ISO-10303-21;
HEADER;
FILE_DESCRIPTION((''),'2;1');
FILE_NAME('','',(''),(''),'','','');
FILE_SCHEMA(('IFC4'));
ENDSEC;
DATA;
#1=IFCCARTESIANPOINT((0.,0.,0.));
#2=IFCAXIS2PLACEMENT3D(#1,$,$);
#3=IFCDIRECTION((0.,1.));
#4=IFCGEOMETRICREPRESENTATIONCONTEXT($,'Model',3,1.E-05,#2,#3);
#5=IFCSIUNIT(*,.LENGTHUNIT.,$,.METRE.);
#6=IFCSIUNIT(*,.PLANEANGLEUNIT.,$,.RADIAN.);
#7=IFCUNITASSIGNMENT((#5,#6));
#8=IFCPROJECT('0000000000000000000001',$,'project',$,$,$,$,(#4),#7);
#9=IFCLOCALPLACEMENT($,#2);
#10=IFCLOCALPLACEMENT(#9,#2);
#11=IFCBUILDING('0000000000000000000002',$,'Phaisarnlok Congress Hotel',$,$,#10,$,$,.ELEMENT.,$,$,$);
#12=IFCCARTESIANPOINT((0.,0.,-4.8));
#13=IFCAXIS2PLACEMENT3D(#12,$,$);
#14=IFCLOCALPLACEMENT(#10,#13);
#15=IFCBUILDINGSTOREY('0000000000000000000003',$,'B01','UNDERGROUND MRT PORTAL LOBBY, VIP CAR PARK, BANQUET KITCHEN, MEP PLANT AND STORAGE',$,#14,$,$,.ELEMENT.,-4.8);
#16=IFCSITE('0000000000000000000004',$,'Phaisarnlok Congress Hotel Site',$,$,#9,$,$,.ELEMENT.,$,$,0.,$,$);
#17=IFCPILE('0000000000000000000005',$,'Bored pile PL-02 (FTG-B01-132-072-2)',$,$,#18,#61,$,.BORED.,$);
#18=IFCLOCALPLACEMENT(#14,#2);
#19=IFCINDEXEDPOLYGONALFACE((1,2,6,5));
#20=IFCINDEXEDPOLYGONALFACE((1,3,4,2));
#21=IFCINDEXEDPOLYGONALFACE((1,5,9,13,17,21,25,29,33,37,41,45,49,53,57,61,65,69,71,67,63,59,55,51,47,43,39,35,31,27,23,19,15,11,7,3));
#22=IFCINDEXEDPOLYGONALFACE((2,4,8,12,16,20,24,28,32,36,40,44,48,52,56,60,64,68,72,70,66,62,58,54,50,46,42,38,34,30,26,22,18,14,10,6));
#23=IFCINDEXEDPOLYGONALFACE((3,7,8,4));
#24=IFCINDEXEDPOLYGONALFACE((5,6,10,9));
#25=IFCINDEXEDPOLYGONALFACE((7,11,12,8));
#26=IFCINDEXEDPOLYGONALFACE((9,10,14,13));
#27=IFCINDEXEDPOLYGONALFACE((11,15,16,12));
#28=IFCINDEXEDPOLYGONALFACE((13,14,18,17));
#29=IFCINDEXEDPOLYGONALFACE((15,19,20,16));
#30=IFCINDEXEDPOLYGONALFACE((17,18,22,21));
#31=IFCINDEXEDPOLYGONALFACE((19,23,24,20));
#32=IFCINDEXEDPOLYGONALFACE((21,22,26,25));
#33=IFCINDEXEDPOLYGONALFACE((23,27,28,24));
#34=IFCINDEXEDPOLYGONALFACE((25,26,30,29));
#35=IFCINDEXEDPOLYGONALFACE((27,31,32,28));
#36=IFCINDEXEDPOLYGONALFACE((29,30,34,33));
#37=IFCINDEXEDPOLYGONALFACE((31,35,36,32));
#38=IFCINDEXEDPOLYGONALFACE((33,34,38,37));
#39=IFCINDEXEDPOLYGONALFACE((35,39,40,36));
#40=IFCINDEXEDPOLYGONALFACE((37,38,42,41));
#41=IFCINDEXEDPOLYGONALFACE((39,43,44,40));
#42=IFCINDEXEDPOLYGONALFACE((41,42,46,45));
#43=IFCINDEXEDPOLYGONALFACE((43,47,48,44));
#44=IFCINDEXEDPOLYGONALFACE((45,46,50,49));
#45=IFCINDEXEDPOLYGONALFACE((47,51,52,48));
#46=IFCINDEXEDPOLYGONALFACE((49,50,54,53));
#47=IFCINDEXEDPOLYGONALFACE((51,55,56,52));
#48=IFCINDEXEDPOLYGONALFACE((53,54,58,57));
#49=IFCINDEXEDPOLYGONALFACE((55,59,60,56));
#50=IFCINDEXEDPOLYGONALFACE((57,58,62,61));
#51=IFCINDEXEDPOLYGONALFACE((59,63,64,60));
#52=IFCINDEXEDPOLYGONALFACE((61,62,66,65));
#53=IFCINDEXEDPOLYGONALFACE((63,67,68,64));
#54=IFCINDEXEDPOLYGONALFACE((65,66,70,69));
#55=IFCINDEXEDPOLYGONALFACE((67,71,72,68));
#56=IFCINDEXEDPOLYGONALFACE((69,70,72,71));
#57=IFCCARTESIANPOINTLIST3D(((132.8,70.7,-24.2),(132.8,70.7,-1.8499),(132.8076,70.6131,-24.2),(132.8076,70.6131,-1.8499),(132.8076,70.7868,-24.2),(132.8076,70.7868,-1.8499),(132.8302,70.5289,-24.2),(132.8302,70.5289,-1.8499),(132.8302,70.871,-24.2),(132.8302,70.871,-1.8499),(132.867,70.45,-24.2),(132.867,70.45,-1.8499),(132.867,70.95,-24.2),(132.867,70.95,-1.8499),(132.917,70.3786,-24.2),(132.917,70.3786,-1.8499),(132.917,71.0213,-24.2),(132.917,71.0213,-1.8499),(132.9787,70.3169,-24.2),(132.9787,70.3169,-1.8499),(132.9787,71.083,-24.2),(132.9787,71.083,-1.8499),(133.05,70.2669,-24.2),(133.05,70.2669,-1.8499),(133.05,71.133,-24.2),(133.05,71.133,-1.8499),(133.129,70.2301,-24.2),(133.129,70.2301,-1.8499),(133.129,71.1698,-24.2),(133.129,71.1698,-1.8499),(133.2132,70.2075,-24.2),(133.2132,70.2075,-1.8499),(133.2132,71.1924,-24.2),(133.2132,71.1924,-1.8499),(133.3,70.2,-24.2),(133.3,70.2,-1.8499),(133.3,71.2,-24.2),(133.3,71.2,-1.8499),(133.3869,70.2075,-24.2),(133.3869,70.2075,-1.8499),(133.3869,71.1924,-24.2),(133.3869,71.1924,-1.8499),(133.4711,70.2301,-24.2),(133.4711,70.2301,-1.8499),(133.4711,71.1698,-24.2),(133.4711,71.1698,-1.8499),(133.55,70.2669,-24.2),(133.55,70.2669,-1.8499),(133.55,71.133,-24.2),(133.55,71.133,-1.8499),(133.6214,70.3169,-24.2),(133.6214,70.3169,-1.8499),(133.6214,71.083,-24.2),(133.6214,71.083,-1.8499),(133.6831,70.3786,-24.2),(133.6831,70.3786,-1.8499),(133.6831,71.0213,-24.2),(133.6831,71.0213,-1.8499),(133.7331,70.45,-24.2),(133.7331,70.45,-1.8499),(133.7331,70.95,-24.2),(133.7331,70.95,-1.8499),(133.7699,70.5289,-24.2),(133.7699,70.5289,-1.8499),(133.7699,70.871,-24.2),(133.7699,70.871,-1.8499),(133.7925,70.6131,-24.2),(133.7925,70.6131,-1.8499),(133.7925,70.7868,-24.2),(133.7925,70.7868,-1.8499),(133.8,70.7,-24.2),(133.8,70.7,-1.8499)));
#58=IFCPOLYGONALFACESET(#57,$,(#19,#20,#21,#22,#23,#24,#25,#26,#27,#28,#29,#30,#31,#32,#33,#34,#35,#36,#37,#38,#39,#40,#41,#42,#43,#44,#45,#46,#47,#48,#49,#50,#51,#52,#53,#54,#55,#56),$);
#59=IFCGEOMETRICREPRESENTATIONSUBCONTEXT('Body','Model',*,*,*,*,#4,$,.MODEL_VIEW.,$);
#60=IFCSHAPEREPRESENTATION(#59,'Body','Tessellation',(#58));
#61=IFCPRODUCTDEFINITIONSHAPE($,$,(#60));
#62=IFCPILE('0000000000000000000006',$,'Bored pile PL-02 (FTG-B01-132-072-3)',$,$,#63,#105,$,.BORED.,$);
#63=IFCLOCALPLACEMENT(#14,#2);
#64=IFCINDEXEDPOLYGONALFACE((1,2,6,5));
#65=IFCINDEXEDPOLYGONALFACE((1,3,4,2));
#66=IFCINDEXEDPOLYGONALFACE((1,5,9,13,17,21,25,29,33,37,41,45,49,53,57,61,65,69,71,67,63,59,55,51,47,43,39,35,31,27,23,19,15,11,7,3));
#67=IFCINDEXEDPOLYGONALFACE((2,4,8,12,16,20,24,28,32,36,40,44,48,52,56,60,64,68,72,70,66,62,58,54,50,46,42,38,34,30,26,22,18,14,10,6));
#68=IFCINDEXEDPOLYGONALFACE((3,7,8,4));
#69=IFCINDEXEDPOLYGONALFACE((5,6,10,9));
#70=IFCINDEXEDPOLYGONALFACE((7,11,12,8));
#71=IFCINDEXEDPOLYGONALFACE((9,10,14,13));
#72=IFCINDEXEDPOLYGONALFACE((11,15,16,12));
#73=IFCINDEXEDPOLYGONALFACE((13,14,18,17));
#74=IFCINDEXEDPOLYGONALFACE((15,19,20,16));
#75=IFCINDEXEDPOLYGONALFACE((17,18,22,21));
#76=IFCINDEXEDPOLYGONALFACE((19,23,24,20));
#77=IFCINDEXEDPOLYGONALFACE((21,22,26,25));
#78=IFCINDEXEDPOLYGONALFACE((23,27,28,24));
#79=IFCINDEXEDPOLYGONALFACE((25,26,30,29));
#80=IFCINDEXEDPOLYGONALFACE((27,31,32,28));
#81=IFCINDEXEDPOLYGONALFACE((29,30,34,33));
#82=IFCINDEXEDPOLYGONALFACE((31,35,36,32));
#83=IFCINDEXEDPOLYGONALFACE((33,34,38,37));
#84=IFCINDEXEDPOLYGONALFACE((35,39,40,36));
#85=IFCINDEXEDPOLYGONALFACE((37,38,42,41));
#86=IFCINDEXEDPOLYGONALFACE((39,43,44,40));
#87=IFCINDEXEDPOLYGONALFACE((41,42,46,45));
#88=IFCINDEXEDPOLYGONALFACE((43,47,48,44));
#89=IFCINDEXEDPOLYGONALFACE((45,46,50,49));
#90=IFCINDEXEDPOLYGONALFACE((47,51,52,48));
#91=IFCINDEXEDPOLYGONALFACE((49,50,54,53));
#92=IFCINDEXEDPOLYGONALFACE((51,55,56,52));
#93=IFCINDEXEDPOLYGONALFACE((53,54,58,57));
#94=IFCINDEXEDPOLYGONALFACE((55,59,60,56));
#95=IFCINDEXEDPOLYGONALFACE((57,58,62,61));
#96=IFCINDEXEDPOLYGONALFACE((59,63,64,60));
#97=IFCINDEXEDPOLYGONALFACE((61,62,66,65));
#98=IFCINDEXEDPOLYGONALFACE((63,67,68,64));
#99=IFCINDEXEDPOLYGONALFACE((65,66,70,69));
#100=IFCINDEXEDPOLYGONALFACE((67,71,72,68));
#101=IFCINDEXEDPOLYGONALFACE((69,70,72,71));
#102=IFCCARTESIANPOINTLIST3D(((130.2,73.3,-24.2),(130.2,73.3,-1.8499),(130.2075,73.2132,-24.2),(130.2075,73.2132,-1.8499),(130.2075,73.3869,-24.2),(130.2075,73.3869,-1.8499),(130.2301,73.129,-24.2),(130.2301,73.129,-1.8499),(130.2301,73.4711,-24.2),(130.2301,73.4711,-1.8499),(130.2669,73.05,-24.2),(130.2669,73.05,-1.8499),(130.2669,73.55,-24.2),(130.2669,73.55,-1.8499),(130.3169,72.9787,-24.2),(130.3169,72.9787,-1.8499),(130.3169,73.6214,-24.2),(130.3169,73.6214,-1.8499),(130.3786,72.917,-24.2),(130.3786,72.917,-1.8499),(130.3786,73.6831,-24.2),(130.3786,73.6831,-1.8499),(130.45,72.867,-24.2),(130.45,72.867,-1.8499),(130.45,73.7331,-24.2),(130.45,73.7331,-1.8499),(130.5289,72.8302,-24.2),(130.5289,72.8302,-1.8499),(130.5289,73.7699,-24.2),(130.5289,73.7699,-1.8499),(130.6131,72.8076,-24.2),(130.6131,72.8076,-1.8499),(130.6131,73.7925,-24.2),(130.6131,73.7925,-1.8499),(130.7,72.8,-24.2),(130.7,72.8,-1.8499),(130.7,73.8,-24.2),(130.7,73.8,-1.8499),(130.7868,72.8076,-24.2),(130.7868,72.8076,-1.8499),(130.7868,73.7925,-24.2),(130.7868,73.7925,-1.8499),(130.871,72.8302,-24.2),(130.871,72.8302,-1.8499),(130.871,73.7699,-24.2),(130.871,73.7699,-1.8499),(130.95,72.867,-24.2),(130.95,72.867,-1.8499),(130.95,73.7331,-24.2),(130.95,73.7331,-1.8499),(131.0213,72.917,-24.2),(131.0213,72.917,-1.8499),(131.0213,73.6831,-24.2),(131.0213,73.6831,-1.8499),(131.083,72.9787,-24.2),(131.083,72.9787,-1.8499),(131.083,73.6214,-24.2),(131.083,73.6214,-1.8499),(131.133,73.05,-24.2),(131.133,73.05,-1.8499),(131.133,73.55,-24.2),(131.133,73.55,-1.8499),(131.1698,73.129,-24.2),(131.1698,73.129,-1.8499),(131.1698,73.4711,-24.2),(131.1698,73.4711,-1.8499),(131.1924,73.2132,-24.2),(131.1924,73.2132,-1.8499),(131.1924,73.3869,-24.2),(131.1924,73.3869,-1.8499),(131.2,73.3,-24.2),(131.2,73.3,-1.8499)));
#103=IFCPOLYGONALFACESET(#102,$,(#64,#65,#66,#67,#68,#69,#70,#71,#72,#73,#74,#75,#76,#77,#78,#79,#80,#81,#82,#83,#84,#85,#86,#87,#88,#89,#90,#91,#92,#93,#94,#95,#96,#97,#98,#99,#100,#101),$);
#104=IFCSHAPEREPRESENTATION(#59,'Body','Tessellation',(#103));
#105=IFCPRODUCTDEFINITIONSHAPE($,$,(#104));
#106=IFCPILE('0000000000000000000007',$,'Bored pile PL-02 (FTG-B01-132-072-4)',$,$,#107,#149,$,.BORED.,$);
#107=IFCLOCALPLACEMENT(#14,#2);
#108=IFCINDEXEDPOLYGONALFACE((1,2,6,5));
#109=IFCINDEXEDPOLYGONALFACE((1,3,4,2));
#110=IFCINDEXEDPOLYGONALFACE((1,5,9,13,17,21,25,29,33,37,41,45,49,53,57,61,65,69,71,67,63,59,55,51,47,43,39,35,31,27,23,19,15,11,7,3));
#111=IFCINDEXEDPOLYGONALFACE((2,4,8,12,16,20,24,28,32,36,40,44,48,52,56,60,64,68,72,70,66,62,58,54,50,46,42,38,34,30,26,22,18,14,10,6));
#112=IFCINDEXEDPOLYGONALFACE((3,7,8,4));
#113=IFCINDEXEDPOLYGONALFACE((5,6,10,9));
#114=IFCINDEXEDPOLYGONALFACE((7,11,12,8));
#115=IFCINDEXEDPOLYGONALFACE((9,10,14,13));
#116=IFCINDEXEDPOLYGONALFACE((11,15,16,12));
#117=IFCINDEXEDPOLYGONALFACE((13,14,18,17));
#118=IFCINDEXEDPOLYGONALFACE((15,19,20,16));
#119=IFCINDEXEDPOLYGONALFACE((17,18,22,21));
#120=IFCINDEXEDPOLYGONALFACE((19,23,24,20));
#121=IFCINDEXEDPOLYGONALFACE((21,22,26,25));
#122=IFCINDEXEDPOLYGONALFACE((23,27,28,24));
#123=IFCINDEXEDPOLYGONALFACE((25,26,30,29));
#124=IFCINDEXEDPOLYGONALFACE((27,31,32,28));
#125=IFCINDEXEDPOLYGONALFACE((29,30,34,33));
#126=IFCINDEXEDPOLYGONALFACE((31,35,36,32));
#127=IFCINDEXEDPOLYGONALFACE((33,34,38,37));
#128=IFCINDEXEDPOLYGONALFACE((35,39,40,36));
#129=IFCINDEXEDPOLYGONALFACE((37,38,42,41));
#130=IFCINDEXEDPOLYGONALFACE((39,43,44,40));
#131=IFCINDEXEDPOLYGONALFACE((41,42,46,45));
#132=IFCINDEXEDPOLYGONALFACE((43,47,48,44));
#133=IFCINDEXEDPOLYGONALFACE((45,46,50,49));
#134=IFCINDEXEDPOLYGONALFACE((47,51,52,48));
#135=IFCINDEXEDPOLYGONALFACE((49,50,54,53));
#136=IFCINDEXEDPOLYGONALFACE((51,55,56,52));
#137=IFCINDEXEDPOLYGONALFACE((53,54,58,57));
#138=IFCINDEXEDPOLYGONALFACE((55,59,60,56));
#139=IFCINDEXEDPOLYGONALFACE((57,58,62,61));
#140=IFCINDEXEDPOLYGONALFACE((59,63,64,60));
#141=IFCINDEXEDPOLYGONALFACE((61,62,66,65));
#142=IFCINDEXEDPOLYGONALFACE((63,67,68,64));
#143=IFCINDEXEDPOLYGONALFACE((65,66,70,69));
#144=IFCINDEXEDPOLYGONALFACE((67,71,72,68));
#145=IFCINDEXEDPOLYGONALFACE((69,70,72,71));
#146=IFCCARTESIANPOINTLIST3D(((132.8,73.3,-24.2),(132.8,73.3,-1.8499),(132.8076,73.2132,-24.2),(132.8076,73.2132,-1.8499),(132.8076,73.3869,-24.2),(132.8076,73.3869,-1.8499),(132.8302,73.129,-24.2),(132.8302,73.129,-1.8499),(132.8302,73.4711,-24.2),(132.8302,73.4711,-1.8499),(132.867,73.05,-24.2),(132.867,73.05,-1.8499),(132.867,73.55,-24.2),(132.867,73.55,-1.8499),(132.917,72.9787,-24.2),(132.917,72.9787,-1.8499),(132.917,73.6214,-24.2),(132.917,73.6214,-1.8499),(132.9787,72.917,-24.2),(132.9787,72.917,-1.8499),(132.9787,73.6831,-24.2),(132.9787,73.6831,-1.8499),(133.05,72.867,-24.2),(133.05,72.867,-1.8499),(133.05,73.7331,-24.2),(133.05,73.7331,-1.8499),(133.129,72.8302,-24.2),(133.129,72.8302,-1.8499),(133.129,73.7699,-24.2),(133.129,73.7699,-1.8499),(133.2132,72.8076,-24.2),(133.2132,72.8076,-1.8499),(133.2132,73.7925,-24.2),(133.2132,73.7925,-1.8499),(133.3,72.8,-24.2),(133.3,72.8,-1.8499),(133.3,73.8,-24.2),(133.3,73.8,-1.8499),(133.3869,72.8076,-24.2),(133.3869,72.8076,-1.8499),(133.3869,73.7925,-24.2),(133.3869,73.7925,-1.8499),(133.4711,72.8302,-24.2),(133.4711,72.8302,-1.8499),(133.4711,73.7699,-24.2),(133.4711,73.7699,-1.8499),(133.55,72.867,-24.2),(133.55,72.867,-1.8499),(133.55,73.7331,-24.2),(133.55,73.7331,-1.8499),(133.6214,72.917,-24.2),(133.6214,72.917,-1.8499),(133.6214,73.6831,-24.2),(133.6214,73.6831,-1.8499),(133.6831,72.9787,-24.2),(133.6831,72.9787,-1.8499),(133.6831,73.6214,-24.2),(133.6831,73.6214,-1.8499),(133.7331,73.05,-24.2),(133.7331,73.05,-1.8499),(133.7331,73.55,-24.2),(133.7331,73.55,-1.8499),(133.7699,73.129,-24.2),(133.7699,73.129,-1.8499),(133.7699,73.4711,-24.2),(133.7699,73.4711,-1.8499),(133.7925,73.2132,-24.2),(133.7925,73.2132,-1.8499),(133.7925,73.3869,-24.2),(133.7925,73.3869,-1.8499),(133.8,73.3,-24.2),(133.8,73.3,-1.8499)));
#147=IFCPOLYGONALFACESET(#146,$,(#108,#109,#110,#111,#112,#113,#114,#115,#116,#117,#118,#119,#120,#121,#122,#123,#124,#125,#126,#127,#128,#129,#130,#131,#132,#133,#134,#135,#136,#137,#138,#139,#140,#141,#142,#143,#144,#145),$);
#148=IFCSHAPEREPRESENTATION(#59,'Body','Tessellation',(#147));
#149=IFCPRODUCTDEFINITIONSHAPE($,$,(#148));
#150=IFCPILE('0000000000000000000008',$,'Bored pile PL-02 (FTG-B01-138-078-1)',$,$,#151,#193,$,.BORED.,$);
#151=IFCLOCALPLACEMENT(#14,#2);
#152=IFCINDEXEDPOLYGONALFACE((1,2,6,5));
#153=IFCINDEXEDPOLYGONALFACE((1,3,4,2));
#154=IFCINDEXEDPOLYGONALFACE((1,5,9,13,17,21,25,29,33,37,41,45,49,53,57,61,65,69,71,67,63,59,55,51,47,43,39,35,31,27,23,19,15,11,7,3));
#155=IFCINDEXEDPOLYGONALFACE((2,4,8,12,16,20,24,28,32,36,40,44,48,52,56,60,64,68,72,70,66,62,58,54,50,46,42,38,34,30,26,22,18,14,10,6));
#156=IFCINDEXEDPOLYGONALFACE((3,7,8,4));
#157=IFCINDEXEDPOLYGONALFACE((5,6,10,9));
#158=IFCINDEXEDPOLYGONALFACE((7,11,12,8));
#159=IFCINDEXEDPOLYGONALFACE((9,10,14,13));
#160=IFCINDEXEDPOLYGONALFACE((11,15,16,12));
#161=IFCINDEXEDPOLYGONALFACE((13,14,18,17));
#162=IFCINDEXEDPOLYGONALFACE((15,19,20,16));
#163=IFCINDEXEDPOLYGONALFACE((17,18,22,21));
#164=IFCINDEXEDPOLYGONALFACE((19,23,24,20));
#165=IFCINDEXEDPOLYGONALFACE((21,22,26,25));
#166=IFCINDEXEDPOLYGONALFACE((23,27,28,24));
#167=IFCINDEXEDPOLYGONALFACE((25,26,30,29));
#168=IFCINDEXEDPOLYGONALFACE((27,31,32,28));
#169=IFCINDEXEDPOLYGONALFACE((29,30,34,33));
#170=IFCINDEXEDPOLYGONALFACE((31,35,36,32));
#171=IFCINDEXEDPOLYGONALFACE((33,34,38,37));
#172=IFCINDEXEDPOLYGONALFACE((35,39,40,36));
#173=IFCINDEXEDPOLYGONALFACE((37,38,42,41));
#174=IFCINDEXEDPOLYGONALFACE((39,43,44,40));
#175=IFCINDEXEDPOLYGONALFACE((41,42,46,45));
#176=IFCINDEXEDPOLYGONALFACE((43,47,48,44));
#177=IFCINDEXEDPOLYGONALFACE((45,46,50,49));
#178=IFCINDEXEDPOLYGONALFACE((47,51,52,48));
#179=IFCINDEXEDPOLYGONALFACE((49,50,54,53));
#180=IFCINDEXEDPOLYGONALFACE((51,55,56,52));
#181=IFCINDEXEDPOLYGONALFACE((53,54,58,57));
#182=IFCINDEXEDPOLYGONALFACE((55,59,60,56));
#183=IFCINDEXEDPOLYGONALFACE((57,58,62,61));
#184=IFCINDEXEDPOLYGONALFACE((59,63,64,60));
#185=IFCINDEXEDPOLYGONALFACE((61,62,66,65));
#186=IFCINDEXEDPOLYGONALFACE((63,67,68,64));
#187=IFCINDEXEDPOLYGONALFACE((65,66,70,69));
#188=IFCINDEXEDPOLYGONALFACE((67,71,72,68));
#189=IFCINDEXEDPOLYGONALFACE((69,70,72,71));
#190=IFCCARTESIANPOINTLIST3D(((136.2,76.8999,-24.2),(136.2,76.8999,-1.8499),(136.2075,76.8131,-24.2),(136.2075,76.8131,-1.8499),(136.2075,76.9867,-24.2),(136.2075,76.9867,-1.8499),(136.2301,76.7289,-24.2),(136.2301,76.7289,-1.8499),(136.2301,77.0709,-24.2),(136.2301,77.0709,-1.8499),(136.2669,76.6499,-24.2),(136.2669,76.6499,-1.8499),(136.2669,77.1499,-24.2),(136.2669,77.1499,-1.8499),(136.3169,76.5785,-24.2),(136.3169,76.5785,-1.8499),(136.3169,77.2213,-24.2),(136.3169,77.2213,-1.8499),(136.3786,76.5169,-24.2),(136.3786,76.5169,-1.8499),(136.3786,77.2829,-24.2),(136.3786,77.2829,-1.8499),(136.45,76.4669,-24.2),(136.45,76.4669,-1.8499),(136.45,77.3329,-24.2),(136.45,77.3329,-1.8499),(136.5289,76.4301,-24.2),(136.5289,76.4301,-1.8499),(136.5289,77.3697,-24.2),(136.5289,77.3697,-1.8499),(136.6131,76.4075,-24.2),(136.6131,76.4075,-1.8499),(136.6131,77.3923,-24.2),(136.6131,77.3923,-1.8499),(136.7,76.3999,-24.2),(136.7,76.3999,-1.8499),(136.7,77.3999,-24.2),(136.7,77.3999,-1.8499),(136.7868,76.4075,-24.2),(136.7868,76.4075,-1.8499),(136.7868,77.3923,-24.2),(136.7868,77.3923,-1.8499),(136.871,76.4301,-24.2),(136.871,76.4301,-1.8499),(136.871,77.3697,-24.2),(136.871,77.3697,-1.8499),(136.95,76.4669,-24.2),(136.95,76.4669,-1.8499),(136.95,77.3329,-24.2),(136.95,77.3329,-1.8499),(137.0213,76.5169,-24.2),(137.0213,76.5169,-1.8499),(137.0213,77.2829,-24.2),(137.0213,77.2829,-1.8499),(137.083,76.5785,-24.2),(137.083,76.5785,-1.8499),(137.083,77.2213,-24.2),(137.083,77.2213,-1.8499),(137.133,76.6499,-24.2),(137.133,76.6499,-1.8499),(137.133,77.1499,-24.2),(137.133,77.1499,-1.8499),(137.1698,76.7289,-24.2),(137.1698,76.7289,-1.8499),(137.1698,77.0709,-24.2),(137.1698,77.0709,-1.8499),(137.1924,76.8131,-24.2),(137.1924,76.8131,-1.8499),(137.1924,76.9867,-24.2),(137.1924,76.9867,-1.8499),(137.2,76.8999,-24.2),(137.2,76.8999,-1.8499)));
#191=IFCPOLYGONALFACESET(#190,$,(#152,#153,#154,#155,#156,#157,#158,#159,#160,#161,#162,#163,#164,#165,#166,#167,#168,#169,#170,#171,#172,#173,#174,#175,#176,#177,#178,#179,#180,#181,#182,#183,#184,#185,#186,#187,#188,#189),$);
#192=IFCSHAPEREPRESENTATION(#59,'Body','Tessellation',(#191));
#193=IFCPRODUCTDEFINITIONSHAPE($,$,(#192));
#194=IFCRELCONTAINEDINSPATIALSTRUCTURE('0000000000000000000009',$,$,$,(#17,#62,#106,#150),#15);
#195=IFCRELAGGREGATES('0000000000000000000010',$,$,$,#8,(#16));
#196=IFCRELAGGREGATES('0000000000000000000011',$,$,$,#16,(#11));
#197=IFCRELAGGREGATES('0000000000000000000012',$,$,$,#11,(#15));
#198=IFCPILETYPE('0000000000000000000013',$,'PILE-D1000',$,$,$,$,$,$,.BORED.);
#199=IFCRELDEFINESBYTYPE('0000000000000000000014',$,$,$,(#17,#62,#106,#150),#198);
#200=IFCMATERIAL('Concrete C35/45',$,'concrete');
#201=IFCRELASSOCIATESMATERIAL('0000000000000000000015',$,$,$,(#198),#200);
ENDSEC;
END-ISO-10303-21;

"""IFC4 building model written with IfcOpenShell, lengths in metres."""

from ifc_helpers import new_model, si_unit, direction, frame, origin, origin_2d, place, context, subcontext, project, spatial, circle, extrude, material, material_profile, profile_set, type_object, element, save


model = new_model("IFC4")

# Units and contexts
model_context = context("Model", 3, precision=1e-05, world=origin(), true_north=direction((0.0, 1.0)))
body_context = subcontext(model_context, "Body", "Model", "MODEL_VIEW")
ifc_project = project(units=[si_unit("LENGTHUNIT", "METRE"), si_unit("PLANEANGLEUNIT", "RADIAN")], contexts=[model_context])

# Site, building, storey
site_placement = place(None, origin())
site = spatial("IfcSite", under=ifc_project, at=site_placement, Name="Phaisarnlok Congress Hotel Site", CompositionType="ELEMENT", RefElevation=0.0)
building_placement = place(site_placement, origin())
building = spatial("IfcBuilding", under=site, at=building_placement, Name="Phaisarnlok Congress Hotel", CompositionType="ELEMENT")
storey_placement = place(building_placement, frame((0.0, 0.0, -4.8)))
storey = spatial("IfcBuildingStorey", under=building, at=storey_placement, Name="B01", Description="UNDERGROUND MRT PORTAL LOBBY, VIP CAR PARK, BANQUET KITCHEN, MEP PLANT AND STORAGE", CompositionType="ELEMENT", Elevation=-4.8)

# Piles
ifc_material_1 = material(Name="Concrete C35/45", Category="concrete")
ifc_material_profile_1 = material_profile(ifc_material_1, circle(Radius=0.5, at=origin_2d()), Name="BORED PILE D1000")
ifc_profile_set_1 = profile_set([ifc_material_profile_1], Name="Concrete C35/45")
pile_type_1 = type_object("IfcPileType", Name="PILE-D1000", PredefinedType="BORED", material=ifc_profile_set_1)
for number, where, z_axis, x_axis, name in (
    (1, (133.3, 70.7, -1.8499), (0.0, 0.0, -1.0), (1.0, 0.0, 0.0), "Bored pile PL-02 (FTG-B01-132-072-2)"),
    (2, (130.7, 73.3, -1.8499), (0.0, 0.0, -1.0), (1.0, 0.0, 0.0), "Bored pile PL-02 (FTG-B01-132-072-3)"),
    (3, (133.3, 73.3, -1.8499), (0.0, 0.0, -1.0), (1.0, 0.0, 0.0), "Bored pile PL-02 (FTG-B01-132-072-4)"),
    (4, (136.7, 76.8999, -1.8499), (0.0, 0.0, -1.0), (1.0, 0.0, 0.0), "Bored pile PL-02 (FTG-B01-138-078-1)"),
):
    element("IfcPile", number, at=place(storey_placement, frame(where, z_axis=z_axis, x_axis=x_axis)), inside=storey, type_object=pile_type_1, Name=name, PredefinedType="BORED", context=body_context, shape_type="SweptSolid", body=[
        extrude(circle(Radius=0.5, at=origin_2d()), origin(), (0.0, 0.0, 1.0), 22.3501),
    ])

save(model, "model.ifc")
